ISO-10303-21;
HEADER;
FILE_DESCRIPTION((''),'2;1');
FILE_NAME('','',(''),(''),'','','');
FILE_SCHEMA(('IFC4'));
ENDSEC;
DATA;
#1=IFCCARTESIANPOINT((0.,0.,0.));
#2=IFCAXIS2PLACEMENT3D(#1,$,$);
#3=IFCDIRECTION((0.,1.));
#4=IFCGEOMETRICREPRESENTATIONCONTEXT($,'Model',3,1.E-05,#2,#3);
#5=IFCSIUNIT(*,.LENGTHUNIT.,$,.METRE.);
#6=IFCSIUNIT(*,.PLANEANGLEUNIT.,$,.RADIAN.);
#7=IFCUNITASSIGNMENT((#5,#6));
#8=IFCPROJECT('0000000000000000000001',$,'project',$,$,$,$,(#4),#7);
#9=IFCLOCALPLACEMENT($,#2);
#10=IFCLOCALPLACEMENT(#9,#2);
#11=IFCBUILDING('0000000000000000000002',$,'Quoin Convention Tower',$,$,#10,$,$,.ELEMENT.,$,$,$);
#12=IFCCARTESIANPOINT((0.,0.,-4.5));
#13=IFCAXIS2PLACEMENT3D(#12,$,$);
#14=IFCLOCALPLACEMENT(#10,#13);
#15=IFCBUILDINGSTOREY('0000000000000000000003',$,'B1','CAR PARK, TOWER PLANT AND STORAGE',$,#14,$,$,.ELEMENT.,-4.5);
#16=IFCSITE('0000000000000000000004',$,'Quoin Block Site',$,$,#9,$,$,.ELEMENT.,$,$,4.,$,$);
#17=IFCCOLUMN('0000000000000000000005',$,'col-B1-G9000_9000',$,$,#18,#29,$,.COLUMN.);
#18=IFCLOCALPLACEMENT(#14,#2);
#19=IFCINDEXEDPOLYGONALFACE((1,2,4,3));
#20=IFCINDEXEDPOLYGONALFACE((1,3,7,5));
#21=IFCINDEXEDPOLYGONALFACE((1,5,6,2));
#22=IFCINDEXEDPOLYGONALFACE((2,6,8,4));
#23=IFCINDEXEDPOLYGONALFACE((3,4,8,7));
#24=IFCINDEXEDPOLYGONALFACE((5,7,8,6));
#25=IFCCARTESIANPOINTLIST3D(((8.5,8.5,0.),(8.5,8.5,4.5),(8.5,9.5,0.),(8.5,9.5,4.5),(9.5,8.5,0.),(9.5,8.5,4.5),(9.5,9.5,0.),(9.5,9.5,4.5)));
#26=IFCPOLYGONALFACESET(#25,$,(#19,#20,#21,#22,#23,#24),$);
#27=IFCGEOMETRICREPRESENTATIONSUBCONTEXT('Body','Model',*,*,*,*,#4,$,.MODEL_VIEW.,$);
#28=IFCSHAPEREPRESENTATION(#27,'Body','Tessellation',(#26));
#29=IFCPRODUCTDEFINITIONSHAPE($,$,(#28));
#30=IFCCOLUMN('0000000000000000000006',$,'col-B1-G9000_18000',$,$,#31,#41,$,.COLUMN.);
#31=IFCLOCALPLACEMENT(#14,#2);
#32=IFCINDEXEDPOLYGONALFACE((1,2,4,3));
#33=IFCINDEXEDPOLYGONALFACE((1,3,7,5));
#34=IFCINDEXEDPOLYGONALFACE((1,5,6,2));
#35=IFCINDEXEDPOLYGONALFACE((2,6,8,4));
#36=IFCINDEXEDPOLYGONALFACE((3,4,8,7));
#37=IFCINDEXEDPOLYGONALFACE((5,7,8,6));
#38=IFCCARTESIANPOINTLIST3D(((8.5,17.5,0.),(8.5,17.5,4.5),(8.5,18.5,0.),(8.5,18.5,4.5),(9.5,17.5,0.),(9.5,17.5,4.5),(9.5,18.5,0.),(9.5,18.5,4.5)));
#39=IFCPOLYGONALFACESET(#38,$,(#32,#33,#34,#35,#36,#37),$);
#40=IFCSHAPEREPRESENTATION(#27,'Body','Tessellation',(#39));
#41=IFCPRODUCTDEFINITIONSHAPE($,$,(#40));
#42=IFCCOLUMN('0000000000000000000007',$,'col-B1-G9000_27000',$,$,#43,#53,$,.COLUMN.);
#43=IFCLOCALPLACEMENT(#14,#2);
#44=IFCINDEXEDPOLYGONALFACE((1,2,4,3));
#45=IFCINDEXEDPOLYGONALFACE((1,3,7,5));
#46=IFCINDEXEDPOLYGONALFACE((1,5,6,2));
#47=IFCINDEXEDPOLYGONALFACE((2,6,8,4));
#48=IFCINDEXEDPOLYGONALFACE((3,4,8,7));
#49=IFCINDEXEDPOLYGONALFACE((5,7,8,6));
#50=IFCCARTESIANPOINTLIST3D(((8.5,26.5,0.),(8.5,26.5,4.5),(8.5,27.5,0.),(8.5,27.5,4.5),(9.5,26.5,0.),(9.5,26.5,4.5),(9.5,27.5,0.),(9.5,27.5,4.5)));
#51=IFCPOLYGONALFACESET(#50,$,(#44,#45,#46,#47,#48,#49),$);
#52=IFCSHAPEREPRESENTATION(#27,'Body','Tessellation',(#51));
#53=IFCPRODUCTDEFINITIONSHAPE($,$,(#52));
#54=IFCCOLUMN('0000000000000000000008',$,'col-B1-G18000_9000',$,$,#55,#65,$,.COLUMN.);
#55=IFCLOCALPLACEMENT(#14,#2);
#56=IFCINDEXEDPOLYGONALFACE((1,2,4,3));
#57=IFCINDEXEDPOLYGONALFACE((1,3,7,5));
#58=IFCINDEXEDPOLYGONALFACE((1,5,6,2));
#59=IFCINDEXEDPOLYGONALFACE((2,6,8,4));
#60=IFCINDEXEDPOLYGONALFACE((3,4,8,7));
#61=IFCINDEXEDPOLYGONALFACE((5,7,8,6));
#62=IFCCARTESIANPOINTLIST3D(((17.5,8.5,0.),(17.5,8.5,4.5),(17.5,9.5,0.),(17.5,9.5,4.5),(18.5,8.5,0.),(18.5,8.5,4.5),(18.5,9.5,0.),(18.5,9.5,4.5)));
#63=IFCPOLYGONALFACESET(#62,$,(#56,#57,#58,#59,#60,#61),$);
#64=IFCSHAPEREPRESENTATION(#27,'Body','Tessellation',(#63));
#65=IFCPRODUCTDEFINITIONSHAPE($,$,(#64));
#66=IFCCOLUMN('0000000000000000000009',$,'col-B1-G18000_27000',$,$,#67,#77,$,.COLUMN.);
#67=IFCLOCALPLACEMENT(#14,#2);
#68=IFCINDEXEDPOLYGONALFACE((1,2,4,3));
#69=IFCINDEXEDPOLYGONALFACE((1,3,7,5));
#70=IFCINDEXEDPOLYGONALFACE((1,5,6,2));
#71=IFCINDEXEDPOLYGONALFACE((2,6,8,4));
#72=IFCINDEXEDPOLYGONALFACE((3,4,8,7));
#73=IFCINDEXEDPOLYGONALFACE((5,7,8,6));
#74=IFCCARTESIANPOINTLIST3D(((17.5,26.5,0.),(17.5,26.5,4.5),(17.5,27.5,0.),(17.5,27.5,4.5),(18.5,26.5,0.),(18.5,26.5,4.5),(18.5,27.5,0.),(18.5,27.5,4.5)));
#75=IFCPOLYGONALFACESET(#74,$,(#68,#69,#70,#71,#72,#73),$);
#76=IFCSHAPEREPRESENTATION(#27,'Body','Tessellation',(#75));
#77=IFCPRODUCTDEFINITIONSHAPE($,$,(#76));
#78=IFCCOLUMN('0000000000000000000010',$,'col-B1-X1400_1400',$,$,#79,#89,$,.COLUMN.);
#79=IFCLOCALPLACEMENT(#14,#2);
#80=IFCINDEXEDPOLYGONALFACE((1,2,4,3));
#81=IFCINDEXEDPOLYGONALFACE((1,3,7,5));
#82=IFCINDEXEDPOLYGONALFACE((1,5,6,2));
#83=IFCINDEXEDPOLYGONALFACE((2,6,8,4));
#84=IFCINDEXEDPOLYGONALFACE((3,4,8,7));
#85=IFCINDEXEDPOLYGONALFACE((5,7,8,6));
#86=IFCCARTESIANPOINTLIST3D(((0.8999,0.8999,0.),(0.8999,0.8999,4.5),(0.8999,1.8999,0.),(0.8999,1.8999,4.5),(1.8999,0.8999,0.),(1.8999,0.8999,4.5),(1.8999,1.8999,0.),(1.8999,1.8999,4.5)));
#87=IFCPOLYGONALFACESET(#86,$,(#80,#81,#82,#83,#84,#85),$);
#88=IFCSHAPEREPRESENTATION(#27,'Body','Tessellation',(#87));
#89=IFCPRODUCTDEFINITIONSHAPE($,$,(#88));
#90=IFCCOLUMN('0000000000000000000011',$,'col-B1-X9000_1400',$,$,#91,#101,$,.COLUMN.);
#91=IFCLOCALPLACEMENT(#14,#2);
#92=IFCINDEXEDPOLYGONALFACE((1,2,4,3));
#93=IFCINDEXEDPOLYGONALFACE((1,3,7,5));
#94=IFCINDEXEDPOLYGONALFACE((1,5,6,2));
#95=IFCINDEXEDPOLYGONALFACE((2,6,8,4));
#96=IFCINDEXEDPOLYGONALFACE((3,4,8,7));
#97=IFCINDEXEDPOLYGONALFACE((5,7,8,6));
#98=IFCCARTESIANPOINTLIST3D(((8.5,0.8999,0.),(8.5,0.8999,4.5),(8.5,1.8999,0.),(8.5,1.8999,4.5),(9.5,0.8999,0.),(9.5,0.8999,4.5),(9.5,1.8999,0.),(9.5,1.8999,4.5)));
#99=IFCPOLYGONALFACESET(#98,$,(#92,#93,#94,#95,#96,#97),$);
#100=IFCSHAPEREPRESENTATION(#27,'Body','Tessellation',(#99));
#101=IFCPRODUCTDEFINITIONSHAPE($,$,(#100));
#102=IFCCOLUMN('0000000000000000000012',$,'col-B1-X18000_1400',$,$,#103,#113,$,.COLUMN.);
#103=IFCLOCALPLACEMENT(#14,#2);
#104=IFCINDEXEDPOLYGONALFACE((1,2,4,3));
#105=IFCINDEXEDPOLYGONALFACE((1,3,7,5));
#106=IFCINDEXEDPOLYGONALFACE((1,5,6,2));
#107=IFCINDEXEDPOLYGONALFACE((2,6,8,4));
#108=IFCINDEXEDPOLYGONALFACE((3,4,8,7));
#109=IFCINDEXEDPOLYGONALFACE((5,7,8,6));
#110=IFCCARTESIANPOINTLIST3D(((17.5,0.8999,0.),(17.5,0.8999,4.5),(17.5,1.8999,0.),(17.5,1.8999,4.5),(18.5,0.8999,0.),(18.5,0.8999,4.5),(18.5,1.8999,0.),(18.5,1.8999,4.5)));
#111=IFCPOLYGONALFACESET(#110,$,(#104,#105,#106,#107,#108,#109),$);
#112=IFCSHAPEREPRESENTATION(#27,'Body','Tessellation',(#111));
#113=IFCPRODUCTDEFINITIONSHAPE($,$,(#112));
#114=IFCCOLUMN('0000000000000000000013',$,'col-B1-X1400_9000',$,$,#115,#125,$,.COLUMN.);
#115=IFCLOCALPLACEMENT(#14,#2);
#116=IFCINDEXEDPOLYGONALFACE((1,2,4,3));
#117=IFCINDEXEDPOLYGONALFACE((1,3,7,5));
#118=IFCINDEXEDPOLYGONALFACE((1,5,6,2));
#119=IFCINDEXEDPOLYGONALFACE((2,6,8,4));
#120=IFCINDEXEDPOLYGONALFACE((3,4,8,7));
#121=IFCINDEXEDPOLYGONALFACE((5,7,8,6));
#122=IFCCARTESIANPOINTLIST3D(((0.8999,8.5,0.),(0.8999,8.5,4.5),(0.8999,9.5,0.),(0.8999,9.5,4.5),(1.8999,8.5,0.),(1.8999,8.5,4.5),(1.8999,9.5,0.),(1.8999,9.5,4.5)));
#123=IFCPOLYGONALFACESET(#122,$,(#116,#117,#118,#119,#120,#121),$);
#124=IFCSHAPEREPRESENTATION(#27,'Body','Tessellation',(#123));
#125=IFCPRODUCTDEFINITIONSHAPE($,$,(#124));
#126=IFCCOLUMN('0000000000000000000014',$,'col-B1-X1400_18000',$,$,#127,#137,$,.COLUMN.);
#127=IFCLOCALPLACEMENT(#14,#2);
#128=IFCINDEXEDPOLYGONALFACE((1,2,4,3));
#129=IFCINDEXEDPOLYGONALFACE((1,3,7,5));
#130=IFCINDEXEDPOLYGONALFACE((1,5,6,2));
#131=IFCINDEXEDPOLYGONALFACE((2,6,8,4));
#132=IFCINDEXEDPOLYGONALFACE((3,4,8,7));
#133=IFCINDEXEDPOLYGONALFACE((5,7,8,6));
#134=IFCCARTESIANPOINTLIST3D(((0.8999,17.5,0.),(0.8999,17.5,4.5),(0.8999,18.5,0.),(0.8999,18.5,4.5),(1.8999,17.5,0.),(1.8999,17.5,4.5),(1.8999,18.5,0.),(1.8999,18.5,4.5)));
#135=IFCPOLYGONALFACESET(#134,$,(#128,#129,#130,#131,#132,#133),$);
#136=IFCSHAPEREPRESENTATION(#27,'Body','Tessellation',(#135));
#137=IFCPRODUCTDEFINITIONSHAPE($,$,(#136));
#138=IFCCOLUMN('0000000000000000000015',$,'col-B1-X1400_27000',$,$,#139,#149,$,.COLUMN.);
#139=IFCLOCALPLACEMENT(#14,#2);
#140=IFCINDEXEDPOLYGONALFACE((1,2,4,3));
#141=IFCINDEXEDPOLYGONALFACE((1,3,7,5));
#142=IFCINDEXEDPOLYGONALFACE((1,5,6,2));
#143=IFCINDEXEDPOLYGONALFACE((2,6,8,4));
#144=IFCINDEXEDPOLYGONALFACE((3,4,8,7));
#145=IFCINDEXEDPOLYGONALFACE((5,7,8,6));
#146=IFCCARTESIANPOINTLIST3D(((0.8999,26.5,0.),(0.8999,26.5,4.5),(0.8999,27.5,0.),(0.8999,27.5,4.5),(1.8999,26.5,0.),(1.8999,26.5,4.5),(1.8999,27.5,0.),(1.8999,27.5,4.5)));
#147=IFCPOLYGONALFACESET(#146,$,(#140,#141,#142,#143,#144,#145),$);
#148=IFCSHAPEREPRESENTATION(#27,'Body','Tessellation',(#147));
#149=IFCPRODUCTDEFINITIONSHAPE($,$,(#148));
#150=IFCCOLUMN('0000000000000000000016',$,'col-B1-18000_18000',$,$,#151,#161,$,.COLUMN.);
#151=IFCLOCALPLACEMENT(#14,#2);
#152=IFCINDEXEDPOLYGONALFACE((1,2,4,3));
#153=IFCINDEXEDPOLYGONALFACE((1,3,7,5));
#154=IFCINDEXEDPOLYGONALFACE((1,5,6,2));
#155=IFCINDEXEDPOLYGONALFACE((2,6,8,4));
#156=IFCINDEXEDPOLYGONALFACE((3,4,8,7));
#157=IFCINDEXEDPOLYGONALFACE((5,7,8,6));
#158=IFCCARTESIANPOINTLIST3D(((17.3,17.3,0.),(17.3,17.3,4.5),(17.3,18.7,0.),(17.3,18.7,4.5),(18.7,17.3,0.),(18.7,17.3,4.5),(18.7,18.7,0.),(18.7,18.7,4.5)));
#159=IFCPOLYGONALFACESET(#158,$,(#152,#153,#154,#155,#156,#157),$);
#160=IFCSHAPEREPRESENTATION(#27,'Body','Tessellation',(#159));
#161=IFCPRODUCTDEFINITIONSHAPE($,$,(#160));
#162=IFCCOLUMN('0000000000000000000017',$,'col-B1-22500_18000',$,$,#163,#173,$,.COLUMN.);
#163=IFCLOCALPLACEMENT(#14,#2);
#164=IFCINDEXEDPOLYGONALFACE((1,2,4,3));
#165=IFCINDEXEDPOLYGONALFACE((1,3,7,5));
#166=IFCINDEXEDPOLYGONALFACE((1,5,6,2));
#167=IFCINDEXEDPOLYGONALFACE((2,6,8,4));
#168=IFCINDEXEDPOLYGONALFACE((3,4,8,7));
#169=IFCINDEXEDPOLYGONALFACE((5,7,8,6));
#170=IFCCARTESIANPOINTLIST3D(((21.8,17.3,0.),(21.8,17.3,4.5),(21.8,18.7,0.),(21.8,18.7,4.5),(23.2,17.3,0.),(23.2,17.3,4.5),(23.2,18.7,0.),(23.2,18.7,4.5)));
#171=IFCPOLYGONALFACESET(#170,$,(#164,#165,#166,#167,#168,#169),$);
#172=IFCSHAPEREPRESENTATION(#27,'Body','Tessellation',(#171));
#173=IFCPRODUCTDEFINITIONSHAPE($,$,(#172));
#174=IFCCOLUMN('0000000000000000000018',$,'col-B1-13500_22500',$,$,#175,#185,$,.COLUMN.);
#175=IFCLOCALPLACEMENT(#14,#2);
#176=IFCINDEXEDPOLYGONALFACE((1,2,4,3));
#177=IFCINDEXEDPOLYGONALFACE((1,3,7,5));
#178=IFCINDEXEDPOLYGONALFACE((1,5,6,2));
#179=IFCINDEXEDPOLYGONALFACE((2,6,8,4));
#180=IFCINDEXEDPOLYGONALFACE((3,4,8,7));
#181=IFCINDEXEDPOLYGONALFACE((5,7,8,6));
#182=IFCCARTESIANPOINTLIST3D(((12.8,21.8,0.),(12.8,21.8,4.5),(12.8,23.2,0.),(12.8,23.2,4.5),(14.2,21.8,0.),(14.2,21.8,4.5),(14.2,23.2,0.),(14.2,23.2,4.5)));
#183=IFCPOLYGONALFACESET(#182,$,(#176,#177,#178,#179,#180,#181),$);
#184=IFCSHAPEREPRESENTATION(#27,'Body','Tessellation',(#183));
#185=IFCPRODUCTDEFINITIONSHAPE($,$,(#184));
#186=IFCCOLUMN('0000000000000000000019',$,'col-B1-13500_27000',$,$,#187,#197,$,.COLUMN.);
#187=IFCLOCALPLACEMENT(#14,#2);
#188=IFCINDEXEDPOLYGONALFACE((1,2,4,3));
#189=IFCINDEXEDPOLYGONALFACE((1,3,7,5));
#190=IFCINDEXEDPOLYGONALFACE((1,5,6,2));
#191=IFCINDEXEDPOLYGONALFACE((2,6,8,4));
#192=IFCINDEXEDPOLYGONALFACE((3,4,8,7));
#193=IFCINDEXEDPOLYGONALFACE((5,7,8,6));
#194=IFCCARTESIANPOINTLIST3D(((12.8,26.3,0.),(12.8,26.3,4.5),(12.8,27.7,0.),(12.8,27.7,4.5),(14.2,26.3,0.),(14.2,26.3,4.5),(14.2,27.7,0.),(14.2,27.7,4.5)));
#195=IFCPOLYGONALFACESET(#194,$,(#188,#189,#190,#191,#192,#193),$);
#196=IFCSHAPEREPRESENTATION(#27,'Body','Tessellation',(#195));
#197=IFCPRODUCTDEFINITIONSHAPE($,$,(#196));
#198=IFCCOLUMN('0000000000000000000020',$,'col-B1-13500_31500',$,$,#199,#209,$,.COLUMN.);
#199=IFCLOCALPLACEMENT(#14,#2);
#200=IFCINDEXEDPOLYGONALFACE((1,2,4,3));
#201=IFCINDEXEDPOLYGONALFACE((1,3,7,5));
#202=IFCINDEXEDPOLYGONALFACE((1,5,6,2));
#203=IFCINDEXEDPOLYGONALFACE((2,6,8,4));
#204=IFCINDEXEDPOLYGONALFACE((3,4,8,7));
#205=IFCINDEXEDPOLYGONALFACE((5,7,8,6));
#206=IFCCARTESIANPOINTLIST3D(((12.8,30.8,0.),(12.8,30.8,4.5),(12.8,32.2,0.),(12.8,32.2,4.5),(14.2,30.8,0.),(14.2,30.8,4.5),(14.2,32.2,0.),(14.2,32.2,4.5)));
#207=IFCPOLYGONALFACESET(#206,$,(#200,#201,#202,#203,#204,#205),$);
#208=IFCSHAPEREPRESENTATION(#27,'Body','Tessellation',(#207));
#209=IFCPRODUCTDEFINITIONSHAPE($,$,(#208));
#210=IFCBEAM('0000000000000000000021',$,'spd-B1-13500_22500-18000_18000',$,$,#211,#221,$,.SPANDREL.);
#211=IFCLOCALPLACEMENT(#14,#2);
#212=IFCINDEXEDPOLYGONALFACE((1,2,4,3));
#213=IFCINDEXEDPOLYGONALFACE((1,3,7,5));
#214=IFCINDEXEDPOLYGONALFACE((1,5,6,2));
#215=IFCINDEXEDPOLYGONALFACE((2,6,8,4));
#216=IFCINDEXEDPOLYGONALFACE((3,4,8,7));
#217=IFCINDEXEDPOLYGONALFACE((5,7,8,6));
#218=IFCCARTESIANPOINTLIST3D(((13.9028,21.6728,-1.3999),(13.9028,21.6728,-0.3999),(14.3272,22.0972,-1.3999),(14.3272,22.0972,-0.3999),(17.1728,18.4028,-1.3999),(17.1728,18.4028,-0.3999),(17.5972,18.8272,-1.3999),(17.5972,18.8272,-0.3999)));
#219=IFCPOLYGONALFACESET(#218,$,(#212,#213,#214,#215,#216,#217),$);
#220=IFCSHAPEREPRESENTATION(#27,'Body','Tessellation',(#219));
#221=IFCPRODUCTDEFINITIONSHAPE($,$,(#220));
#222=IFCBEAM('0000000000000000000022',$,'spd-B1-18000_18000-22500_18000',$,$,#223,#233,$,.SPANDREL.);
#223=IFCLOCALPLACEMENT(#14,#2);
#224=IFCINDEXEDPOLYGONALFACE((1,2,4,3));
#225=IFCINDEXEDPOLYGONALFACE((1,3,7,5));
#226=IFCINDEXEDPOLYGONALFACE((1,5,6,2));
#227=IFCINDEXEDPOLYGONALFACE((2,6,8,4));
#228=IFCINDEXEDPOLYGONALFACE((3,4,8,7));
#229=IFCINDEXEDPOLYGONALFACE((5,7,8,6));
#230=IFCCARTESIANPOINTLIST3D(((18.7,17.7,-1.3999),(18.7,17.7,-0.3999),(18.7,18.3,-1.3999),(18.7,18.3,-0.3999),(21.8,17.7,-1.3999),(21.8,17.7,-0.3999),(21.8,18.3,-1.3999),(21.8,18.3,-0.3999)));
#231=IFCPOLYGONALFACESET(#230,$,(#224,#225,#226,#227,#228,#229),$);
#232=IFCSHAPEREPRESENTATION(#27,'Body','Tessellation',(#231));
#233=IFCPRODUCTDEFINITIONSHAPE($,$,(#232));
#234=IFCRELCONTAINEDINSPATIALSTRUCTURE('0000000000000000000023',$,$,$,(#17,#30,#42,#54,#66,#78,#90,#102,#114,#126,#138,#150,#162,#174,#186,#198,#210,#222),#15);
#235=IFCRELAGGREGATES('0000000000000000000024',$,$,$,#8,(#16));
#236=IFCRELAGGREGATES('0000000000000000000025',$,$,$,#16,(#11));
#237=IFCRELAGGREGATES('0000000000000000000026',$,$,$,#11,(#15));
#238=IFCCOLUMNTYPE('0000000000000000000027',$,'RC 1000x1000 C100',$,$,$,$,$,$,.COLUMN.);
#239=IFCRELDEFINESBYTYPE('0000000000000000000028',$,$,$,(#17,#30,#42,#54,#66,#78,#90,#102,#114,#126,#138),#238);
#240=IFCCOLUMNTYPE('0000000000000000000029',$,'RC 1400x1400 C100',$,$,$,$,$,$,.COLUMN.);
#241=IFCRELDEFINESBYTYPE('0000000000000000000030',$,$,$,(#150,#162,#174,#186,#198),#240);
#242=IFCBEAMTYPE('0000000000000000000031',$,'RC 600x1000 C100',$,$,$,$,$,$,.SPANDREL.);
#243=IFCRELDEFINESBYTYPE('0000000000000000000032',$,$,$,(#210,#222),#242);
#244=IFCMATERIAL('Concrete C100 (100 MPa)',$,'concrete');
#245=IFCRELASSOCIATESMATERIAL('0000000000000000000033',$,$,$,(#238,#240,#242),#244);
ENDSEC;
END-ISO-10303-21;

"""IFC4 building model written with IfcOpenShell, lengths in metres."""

from ifc_helpers import new_model, si_unit, direction, frame, origin, origin_2d, place, context, subcontext, project, spatial, rectangle, extrude, material, material_profile, profile_set, type_object, element, save


model = new_model("IFC4")

# Units and contexts
model_context = context("Model", 3, precision=1e-05, world=origin(), true_north=direction((0.0, 1.0)))
body_context = subcontext(model_context, "Body", "Model", "MODEL_VIEW")
ifc_project = project(units=[si_unit("LENGTHUNIT", "METRE"), si_unit("PLANEANGLEUNIT", "RADIAN")], contexts=[model_context])

# Site, building, storey
site_placement = place(None, origin())
site = spatial("IfcSite", under=ifc_project, at=site_placement, Name="Quoin Block Site", CompositionType="ELEMENT", RefElevation=4.0)
building_placement = place(site_placement, origin())
building = spatial("IfcBuilding", under=site, at=building_placement, Name="Quoin Convention Tower", CompositionType="ELEMENT")
storey_placement = place(building_placement, frame((0.0, 0.0, -4.5)))
storey = spatial("IfcBuildingStorey", under=building, at=storey_placement, Name="B1", Description="CAR PARK, TOWER PLANT AND STORAGE", CompositionType="ELEMENT", Elevation=-4.5)

# Columns
ifc_material_1 = material(Name="Concrete C100 (100 MPa)", Category="concrete")
ifc_material_profile_1 = material_profile(ifc_material_1, rectangle(XDim=1.0, YDim=1.0, at=origin_2d()), Name="RC 1000x1000")
ifc_profile_set_1 = profile_set([ifc_material_profile_1], Name="Concrete C100 (100 MPa)")
column_type_1 = type_object("IfcColumnType", Name="RC 1000x1000 C100", PredefinedType="COLUMN", material=ifc_profile_set_1)
for number, where, z_axis, x_axis, name in (
    (1, (9.0, 9.0, 0.0), (0.0, 0.0, 1.0), (1.0, 0.0, 0.0), "col-B1-G9000_9000"),
    (2, (9.0, 18.0, 0.0), (0.0, 0.0, 1.0), (1.0, 0.0, 0.0), "col-B1-G9000_18000"),
    (3, (9.0, 27.0, 0.0), (0.0, 0.0, 1.0), (1.0, 0.0, 0.0), "col-B1-G9000_27000"),
    (4, (18.0, 9.0, 0.0), (0.0, 0.0, 1.0), (1.0, 0.0, 0.0), "col-B1-G18000_9000"),
    (5, (18.0, 27.0, 0.0), (0.0, 0.0, 1.0), (1.0, 0.0, 0.0), "col-B1-G18000_27000"),
    (6, (1.3999, 1.3999, 0.0), (0.0, 0.0, 1.0), (1.0, 0.0, 0.0), "col-B1-X1400_1400"),
    (7, (9.0, 1.3999, 0.0), (0.0, 0.0, 1.0), (1.0, 0.0, 0.0), "col-B1-X9000_1400"),
    (8, (18.0, 1.3999, 0.0), (0.0, 0.0, 1.0), (1.0, 0.0, 0.0), "col-B1-X18000_1400"),
    (9, (1.3999, 9.0, 0.0), (0.0, 0.0, 1.0), (1.0, 0.0, 0.0), "col-B1-X1400_9000"),
    (10, (1.3999, 18.0, 0.0), (0.0, 0.0, 1.0), (1.0, 0.0, 0.0), "col-B1-X1400_18000"),
    (11, (1.3999, 27.0, 0.0), (0.0, 0.0, 1.0), (1.0, 0.0, 0.0), "col-B1-X1400_27000"),
):
    element("IfcColumn", number, at=place(storey_placement, frame(where, z_axis=z_axis, x_axis=x_axis)), inside=storey, type_object=column_type_1, Name=name, PredefinedType="COLUMN", context=body_context, shape_type="SweptSolid", body=[
        extrude(rectangle(XDim=1.0, YDim=1.0, at=origin_2d()), origin(), (0.0, 0.0, 1.0), 4.5),
    ])
ifc_material_profile_2 = material_profile(ifc_material_1, rectangle(XDim=1.3999, YDim=1.3999, at=origin_2d()), Name="RC 1400x1400")
ifc_profile_set_2 = profile_set([ifc_material_profile_2], Name="Concrete C100 (100 MPa)")
column_type_2 = type_object("IfcColumnType", Name="RC 1400x1400 C100", PredefinedType="COLUMN", material=ifc_profile_set_2)
for number, where, z_axis, x_axis, name in (
    (12, (18.0, 18.0, 0.0), (0.0, 0.0, 1.0), (1.0, 0.0, 0.0), "col-B1-18000_18000"),
    (13, (22.5, 18.0, 0.0), (0.0, 0.0, 1.0), (1.0, 0.0, 0.0), "col-B1-22500_18000"),
    (14, (13.5, 22.5, 0.0), (0.0, 0.0, 1.0), (1.0, 0.0, 0.0), "col-B1-13500_22500"),
    (15, (13.5, 27.0, 0.0), (0.0, 0.0, 1.0), (1.0, 0.0, 0.0), "col-B1-13500_27000"),
    (16, (13.5, 31.5, 0.0), (0.0, 0.0, 1.0), (1.0, 0.0, 0.0), "col-B1-13500_31500"),
):
    element("IfcColumn", number, at=place(storey_placement, frame(where, z_axis=z_axis, x_axis=x_axis)), inside=storey, type_object=column_type_2, Name=name, PredefinedType="COLUMN", context=body_context, shape_type="SweptSolid", body=[
        extrude(rectangle(XDim=1.3999, YDim=1.3999, at=origin_2d()), origin(), (0.0, 0.0, 1.0), 4.5),
    ])

# Beams
ifc_material_profile_3 = material_profile(ifc_material_1, rectangle(XDim=0.6001, YDim=1.0, at=origin_2d()), Name="RC 600x1000")
ifc_profile_set_3 = profile_set([ifc_material_profile_3], Name="Concrete C100 (100 MPa)")
beam_type = type_object("IfcBeamType", Name="RC 600x1000 C100", PredefinedType="SPANDREL", material=ifc_profile_set_3)
beam_placement = place(storey_placement, frame((14.115, 21.885, -0.8999), z_axis=(0.707107, -0.707107, 0.0), x_axis=(0.707107, 0.707107, 0.0)))
element("IfcBeam", 17, at=beam_placement, inside=storey, type_object=beam_type, Name="spd-B1-13500_22500-18000_18000", PredefinedType="SPANDREL", context=body_context, shape_type="SweptSolid", body=[
    extrude(rectangle(XDim=0.6001, YDim=1.0, at=origin_2d()), origin(), (0.0, 0.0, 1.0), 4.6245),
])
for number, where, z_axis, x_axis, name in (
    (18, (18.7, 18.0, -0.8999), (1.0, 0.0, 0.0), (0.0, 1.0, 0.0), "spd-B1-18000_18000-22500_18000"),
):
    element("IfcBeam", number, at=place(storey_placement, frame(where, z_axis=z_axis, x_axis=x_axis)), inside=storey, type_object=beam_type, Name=name, PredefinedType="SPANDREL", context=body_context, shape_type="SweptSolid", body=[
        extrude(rectangle(XDim=0.6001, YDim=1.0, at=origin_2d()), origin(), (0.0, 0.0, 1.0), 3.1001),
    ])

save(model, "model.ifc")
